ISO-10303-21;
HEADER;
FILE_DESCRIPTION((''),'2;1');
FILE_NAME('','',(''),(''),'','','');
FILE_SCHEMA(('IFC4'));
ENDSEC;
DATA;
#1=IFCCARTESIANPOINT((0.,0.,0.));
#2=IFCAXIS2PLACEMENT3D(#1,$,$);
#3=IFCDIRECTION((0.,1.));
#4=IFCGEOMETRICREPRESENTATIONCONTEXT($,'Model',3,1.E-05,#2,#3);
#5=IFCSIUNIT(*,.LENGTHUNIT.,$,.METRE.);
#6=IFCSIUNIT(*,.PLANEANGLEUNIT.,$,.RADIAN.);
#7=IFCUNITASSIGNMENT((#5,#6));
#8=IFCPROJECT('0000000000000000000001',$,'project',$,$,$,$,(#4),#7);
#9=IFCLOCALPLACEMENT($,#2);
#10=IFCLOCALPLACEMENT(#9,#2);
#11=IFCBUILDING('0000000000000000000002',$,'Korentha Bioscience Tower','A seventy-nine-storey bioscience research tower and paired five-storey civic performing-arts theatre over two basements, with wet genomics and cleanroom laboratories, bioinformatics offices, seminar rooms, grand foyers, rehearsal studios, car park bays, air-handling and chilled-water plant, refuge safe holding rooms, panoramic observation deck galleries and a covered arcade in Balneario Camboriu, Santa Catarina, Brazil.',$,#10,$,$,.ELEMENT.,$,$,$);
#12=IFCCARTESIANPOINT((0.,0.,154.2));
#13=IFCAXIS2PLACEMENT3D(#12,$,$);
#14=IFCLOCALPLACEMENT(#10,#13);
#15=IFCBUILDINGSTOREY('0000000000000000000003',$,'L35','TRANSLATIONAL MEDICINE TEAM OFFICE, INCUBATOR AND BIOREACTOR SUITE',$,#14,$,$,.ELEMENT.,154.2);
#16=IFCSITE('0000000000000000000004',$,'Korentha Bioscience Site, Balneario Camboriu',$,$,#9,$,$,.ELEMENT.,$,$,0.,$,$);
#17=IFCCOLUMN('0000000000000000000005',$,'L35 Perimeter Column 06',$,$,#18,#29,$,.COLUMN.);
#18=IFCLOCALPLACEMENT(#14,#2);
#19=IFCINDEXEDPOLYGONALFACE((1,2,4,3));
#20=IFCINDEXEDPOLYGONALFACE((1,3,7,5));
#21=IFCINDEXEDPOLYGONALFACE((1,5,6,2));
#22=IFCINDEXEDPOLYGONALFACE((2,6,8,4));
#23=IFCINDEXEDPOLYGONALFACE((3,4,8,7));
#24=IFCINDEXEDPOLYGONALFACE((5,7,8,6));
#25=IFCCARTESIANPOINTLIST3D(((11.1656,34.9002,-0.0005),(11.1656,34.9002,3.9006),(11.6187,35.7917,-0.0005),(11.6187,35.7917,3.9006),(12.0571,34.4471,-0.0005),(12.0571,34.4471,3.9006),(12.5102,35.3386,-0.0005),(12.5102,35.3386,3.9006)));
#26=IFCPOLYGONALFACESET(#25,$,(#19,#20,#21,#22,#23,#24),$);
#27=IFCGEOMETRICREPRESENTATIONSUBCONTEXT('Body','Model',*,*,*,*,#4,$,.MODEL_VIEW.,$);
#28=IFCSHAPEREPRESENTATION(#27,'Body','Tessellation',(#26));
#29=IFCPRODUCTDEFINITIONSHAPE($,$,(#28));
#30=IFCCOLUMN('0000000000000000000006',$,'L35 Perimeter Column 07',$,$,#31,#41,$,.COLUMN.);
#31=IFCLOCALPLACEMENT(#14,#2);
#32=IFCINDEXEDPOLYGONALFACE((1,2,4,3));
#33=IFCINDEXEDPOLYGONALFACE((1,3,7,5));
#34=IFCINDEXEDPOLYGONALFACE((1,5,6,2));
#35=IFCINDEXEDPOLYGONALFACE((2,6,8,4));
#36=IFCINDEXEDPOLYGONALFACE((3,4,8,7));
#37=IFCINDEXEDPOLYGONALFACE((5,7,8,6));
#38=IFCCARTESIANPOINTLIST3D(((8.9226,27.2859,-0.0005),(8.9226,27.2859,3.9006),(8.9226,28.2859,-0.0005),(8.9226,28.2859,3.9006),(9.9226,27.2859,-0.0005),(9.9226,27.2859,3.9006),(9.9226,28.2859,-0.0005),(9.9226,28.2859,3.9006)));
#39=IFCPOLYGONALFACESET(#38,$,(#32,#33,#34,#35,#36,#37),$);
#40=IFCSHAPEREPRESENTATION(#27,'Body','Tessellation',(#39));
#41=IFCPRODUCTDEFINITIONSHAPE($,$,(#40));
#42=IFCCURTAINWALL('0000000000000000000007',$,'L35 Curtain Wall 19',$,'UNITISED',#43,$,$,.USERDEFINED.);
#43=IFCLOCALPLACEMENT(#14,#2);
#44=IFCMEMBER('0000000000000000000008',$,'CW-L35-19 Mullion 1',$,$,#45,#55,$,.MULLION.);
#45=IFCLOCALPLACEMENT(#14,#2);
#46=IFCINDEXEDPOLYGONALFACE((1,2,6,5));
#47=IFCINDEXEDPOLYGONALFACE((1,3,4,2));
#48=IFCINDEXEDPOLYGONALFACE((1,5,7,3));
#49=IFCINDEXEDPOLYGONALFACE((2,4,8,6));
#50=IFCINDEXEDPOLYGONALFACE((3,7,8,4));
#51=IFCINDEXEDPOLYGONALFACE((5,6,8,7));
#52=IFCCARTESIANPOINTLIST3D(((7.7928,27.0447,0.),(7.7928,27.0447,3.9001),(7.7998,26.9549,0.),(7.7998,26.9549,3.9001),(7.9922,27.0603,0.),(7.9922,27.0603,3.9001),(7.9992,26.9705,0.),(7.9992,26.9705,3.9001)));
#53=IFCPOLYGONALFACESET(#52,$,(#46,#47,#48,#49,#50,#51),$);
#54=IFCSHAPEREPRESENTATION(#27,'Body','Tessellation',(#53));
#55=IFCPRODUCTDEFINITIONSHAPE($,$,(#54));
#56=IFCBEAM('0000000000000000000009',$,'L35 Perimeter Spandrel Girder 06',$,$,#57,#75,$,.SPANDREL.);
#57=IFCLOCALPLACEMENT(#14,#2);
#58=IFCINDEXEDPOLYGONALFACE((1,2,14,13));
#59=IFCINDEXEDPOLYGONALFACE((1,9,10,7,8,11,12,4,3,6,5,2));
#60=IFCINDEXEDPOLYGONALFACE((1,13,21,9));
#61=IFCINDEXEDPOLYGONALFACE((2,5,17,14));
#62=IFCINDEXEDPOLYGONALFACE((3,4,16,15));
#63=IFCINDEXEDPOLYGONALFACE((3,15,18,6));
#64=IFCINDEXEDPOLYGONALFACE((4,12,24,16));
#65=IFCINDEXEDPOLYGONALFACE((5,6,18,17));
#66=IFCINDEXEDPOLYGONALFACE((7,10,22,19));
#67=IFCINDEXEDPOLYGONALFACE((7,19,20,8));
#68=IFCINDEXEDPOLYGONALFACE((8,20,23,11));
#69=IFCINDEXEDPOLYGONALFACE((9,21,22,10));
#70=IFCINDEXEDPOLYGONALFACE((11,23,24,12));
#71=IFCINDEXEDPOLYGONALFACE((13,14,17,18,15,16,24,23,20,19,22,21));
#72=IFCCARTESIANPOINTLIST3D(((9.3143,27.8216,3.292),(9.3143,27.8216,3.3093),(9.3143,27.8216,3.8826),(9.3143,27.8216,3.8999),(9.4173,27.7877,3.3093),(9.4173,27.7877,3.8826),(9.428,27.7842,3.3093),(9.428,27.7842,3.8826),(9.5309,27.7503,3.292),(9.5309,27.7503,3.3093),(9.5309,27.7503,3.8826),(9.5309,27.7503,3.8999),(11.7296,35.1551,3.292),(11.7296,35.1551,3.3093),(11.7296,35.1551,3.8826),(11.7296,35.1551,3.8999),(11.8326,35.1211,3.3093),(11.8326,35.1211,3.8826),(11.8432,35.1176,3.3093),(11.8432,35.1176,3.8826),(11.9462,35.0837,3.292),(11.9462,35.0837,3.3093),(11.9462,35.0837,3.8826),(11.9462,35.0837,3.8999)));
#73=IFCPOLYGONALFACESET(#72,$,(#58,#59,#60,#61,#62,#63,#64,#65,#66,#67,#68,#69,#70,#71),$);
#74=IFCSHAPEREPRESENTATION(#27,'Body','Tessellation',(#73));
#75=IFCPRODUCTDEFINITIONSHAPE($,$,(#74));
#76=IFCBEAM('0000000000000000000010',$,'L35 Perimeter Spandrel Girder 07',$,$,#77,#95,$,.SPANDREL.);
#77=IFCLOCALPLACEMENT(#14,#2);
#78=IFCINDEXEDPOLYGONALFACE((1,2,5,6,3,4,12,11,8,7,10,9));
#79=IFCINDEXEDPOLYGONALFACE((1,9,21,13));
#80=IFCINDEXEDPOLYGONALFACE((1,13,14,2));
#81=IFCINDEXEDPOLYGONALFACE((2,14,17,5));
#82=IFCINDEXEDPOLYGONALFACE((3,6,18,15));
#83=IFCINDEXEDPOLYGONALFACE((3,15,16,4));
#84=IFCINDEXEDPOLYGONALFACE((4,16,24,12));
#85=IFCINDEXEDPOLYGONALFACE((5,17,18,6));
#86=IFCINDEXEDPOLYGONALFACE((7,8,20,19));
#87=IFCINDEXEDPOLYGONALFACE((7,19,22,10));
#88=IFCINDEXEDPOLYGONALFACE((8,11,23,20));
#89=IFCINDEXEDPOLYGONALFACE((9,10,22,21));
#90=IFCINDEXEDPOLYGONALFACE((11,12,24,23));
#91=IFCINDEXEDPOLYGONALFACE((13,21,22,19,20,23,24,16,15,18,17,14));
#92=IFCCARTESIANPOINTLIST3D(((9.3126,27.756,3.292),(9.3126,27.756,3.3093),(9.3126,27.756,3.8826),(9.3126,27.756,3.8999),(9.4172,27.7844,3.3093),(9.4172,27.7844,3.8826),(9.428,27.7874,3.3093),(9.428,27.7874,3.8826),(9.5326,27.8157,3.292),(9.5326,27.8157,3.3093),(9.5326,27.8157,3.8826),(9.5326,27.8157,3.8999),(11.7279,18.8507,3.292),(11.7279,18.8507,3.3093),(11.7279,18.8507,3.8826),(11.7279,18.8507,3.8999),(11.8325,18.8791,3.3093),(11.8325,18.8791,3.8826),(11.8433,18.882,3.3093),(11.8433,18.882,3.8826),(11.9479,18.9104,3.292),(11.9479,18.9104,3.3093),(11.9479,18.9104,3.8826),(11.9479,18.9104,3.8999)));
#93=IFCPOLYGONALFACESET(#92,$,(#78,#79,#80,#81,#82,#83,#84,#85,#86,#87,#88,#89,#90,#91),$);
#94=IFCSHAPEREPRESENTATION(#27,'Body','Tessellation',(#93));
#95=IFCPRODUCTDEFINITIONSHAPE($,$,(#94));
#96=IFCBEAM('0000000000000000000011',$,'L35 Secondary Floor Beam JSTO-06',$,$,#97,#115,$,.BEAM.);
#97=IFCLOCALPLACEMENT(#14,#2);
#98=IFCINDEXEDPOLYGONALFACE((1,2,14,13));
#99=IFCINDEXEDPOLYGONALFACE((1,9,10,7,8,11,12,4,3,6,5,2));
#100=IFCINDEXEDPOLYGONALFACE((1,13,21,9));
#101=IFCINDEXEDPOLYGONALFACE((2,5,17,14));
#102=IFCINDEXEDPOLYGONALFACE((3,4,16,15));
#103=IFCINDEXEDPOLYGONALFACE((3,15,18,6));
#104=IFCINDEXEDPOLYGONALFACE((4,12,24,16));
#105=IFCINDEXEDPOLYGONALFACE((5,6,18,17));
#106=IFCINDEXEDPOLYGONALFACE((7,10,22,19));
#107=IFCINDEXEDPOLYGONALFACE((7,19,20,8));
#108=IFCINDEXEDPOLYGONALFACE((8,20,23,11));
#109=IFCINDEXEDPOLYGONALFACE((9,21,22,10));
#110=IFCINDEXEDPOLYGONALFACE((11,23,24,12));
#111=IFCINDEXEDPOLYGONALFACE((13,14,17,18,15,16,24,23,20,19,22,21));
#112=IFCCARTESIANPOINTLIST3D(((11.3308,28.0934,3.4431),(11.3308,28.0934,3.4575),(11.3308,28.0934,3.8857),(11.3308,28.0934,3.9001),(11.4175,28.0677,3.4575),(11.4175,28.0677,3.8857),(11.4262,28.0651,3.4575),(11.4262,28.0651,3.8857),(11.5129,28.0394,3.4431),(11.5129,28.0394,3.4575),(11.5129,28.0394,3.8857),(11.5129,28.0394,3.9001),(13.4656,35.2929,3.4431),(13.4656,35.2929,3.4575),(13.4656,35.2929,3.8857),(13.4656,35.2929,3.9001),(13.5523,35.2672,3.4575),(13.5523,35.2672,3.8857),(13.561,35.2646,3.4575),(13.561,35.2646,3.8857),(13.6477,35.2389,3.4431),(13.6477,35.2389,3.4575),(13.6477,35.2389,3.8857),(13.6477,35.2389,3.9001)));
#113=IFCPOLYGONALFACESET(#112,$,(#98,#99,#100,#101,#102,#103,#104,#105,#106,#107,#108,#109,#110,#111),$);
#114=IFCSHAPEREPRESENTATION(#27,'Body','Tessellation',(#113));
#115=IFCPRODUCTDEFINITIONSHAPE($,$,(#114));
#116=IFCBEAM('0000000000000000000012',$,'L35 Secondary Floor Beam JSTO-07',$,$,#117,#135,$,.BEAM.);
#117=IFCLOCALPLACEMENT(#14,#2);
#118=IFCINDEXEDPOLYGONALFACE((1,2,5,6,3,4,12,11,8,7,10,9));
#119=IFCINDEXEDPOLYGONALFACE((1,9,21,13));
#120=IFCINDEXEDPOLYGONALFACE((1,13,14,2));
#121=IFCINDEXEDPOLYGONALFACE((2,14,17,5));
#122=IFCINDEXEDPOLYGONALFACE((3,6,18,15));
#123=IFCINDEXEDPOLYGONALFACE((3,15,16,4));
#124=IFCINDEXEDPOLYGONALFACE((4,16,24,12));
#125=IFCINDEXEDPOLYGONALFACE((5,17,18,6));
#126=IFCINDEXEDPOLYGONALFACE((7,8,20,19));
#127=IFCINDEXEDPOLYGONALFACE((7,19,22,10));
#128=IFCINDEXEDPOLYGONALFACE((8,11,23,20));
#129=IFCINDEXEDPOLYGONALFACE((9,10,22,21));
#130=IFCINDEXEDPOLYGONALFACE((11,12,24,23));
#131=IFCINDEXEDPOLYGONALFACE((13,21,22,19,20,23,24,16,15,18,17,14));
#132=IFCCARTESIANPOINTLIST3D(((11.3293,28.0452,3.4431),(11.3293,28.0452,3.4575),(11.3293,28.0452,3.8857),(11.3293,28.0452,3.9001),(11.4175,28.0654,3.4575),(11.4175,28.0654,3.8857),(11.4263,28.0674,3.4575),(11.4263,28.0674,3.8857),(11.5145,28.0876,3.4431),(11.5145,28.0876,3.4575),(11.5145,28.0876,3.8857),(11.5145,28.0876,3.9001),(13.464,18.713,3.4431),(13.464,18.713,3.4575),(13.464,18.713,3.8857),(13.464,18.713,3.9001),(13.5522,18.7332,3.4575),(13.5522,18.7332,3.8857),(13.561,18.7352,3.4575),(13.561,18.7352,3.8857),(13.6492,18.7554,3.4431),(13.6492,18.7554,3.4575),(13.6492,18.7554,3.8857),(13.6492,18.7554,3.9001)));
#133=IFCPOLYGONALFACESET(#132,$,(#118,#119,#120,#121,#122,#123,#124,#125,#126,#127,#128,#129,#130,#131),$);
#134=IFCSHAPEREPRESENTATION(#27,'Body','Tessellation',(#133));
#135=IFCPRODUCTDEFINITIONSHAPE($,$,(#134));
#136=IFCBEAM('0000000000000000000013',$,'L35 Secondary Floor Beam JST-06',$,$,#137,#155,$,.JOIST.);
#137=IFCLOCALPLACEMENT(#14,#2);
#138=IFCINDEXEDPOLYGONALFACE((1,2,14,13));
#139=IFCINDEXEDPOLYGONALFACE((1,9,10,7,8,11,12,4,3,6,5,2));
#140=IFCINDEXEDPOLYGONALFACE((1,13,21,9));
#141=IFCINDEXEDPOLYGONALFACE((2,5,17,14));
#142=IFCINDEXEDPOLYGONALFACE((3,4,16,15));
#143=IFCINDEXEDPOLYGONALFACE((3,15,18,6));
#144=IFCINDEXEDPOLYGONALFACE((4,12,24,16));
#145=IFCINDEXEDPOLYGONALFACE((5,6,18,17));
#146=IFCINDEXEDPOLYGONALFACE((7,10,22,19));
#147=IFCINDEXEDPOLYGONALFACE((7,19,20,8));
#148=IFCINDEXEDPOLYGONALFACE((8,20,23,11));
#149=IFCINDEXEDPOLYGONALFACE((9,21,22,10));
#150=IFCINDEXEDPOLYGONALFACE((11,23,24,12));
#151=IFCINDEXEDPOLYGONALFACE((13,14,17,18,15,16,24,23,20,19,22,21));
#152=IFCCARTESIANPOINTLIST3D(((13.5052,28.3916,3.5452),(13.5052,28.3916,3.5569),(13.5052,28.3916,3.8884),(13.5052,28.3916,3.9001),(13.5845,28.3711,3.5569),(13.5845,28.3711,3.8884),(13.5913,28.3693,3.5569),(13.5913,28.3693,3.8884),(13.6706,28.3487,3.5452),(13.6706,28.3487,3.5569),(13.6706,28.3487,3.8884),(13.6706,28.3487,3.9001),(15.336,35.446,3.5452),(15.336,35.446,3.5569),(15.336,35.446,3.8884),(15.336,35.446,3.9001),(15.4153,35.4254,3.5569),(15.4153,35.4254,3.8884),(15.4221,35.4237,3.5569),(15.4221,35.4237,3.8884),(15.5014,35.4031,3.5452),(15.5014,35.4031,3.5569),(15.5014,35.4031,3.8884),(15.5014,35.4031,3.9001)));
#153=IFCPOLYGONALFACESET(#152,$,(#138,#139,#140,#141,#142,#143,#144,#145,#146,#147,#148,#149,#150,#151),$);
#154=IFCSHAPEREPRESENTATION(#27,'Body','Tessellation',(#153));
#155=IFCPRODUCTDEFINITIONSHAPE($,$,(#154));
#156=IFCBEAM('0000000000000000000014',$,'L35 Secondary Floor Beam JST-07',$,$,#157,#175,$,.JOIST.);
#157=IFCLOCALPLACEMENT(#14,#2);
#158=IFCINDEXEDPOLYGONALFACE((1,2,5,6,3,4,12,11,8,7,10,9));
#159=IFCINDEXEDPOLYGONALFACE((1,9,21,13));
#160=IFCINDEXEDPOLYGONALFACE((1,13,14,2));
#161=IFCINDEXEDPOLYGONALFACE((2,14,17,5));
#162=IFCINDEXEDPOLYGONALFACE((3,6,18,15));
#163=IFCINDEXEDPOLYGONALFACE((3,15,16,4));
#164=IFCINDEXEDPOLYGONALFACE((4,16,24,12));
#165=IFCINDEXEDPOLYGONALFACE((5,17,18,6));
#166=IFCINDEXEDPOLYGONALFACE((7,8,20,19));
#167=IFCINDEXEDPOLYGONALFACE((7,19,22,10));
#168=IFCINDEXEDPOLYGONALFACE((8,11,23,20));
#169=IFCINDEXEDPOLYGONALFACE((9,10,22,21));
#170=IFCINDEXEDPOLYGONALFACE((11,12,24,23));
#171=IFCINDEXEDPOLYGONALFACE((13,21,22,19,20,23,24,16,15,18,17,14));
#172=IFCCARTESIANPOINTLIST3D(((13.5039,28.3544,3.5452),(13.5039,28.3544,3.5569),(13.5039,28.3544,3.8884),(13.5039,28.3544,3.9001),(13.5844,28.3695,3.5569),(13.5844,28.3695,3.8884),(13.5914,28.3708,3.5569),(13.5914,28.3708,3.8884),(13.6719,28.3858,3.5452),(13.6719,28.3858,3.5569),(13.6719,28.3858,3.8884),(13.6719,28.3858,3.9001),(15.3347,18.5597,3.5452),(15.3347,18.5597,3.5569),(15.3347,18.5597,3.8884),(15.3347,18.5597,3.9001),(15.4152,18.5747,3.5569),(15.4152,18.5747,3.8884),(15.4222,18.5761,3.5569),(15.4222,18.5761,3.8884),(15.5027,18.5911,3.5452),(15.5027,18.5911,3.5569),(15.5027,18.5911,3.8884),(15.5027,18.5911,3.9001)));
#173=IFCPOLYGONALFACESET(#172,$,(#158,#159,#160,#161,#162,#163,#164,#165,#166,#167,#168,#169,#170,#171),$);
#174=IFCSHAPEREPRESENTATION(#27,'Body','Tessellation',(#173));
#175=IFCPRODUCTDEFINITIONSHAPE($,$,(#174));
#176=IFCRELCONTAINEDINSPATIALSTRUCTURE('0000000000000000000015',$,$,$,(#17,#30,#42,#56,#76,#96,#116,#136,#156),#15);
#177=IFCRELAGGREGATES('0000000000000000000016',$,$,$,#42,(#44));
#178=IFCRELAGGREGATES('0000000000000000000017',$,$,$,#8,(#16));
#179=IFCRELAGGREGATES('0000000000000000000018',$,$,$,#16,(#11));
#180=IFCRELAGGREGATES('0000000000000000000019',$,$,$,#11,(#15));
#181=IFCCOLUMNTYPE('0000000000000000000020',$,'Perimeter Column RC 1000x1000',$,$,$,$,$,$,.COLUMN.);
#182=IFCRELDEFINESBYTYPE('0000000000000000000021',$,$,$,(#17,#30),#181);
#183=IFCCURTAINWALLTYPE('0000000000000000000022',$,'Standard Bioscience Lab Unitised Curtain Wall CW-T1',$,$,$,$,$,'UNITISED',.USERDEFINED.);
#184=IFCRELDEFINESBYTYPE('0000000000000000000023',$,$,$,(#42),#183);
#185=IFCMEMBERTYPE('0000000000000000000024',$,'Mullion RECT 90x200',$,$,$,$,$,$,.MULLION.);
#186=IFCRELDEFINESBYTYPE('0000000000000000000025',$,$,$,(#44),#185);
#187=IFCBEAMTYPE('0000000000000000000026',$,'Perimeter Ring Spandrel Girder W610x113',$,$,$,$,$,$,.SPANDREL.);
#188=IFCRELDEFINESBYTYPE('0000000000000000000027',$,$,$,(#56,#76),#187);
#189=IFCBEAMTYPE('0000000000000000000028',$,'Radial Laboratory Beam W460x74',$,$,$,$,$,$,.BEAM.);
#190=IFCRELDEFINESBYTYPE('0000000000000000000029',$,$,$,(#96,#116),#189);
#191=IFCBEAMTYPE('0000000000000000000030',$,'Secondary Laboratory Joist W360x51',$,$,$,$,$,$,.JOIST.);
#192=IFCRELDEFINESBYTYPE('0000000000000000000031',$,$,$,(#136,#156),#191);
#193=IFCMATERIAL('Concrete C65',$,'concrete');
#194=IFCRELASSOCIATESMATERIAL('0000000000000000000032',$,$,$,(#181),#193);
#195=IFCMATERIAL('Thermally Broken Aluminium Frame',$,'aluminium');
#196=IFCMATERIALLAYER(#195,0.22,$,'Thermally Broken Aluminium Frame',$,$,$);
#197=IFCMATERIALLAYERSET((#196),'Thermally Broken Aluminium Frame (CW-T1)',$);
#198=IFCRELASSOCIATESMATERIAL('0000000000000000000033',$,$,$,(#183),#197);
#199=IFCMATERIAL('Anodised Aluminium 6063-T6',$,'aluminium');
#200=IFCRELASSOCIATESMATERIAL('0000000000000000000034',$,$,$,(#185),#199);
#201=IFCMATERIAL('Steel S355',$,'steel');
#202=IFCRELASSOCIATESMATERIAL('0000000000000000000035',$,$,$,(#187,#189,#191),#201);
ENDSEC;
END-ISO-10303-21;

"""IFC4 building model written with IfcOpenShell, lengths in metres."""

from ifc_helpers import new_model, si_unit, direction, frame, origin, origin_2d, place, context, subcontext, project, spatial, rectangle, i_section, extrude, material, layer, layer_set, material_profile, profile_set, type_object, element, aggregate, save


model = new_model("IFC4")

# Units and contexts
model_context = context("Model", 3, precision=1e-05, world=origin(), true_north=direction((0.0, 1.0)))
body_context = subcontext(model_context, "Body", "Model", "MODEL_VIEW")
ifc_project = project(units=[si_unit("LENGTHUNIT", "METRE"), si_unit("PLANEANGLEUNIT", "RADIAN")], contexts=[model_context])

# Site, building, storey
site_placement = place(None, origin())
site = spatial("IfcSite", under=ifc_project, at=site_placement, Name="Korentha Bioscience Site, Balneario Camboriu", CompositionType="ELEMENT", RefElevation=0.0)
building_placement = place(site_placement, origin())
building = spatial("IfcBuilding", under=site, at=building_placement, Name="Korentha Bioscience Tower", Description="A seventy-nine-storey bioscience research tower and paired five-storey civic performing-arts theatre over two basements, with wet genomics and cleanroom laboratories, bioinformatics offices, seminar rooms, grand foyers, rehearsal studios, car park bays, air-handling and chilled-water plant, refuge safe holding rooms, panoramic observation deck galleries and a covered arcade in Balneario Camboriu, Santa Catarina, Brazil.", CompositionType="ELEMENT")
storey_placement = place(building_placement, frame((0.0, 0.0, 154.2)))
storey = spatial("IfcBuildingStorey", under=building, at=storey_placement, Name="L35", Description="TRANSLATIONAL MEDICINE TEAM OFFICE, INCUBATOR AND BIOREACTOR SUITE", CompositionType="ELEMENT", Elevation=154.2)

# Columns
ifc_material_1 = material(Name="Concrete C65", Category="concrete")
ifc_material_profile_1 = material_profile(ifc_material_1, rectangle(XDim=1.0, YDim=1.0, at=origin_2d()), Name="Concrete C65")
ifc_profile_set_1 = profile_set([ifc_material_profile_1], Name="Concrete C65 (COL-P10)")
column_type = type_object("IfcColumnType", Name="Perimeter Column RC 1000x1000", PredefinedType="COLUMN", material=ifc_profile_set_1)
for number, where, z_axis, x_axis, name in (
    (1, (11.8379, 35.1194, -0.0005), (0.0, 0.0, 1.0), (0.453057, 0.891481, 0.0), "L35 Perimeter Column 06"),
    (2, (9.4226, 27.7859, -0.0005), (0.0, 0.0, 1.0), (0.0, 1.0, 0.0), "L35 Perimeter Column 07"),
):
    element("IfcColumn", number, at=place(storey_placement, frame(where, z_axis=z_axis, x_axis=x_axis)), inside=storey, type_object=column_type, Name=name, PredefinedType="COLUMN", context=body_context, shape_type="SweptSolid", body=[
        extrude(rectangle(XDim=1.0, YDim=1.0, at=origin_2d()), origin(), (0.0, 0.0, 1.0), 3.9011),
    ])

# Curtain wall, member
ifc_material_2 = material(Name="Thermally Broken Aluminium Frame", Category="aluminium")
ifc_layer_1 = layer(ifc_material_2, 0.22, Name="Thermally Broken Aluminium Frame")
ifc_layer_set_1 = layer_set([ifc_layer_1], Name="Thermally Broken Aluminium Frame (CW-T1)")
curtain_wall_type = type_object("IfcCurtainWallType", Name="Standard Bioscience Lab Unitised Curtain Wall CW-T1", ElementType="UNITISED", PredefinedType="USERDEFINED", material=ifc_layer_set_1)
curtain_wall_placement = place(storey_placement, origin())
curtain_wall = element("IfcCurtainWall", 3, at=curtain_wall_placement, inside=storey, type_object=curtain_wall_type, Name="L35 Curtain Wall 19", ObjectType="UNITISED", PredefinedType="USERDEFINED")
ifc_material_3 = material(Name="Anodised Aluminium 6063-T6", Category="aluminium")
ifc_material_profile_2 = material_profile(ifc_material_3, rectangle(XDim=0.0901, YDim=0.2, at=origin_2d()), Name="Anodised Aluminium 6063-T6")
ifc_profile_set_2 = profile_set([ifc_material_profile_2], Name="Anodised Aluminium 6063-T6 (CW-MUL)")
member_type_1 = type_object("IfcMemberType", Name="Mullion RECT 90x200", PredefinedType="MULLION", material=ifc_profile_set_2)
member_1_placement = place(storey_placement, frame((7.896, 27.0076, 0.0), z_axis=(0.0, 0.0, 1.0), x_axis=(0.078031, -0.996951, 0.0)))
member_1 = element("IfcMember", 4, at=member_1_placement, type_object=member_type_1, Name="CW-L35-19 Mullion 1", PredefinedType="MULLION", context=body_context, shape_type="SweptSolid", body=[
    extrude(rectangle(XDim=0.0901, YDim=0.2, at=origin_2d()), origin(), (0.0, 0.0, 1.0), 3.9001),
])

# Beams
ifc_material_4 = material(Name="Steel S355", Category="steel")
ifc_material_profile_3 = material_profile(ifc_material_4, i_section(OverallWidth=0.228, OverallDepth=0.6079, WebThickness=0.0112, FlangeThickness=0.0173, at=origin_2d()), Name="Steel S355")
ifc_profile_set_3 = profile_set([ifc_material_profile_3], Name="Steel S355 (SB-610)")
beam_type_1 = type_object("IfcBeamType", Name="Perimeter Ring Spandrel Girder W610x113", PredefinedType="SPANDREL", material=ifc_profile_set_3)
beam_1_placement = place(storey_placement, frame((11.8379, 35.1194, 3.5959), z_axis=(-0.31282, -0.949812, 0.0), x_axis=(0.949812, -0.31282, 0.0)))
element("IfcBeam", 5, at=beam_1_placement, inside=storey, type_object=beam_type_1, Name="L35 Perimeter Spandrel Girder 06", PredefinedType="SPANDREL", context=body_context, shape_type="SweptSolid", body=[
    extrude(i_section(OverallWidth=0.228, OverallDepth=0.6079, WebThickness=0.0112, FlangeThickness=0.0173, at=origin_2d()), origin(), (0.0, 0.0, 1.0), 7.7209),
])
beam_2_placement = place(storey_placement, frame((9.4226, 27.7859, 3.5959), z_axis=(0.261763, -0.965132, 0.0), x_axis=(0.965132, 0.261763, 0.0)))
element("IfcBeam", 6, at=beam_2_placement, inside=storey, type_object=beam_type_1, Name="L35 Perimeter Spandrel Girder 07", PredefinedType="SPANDREL", context=body_context, shape_type="SweptSolid", body=[
    extrude(i_section(OverallWidth=0.228, OverallDepth=0.6079, WebThickness=0.0112, FlangeThickness=0.0173, at=origin_2d()), origin(), (0.0, 0.0, 1.0), 9.2271),
])
ifc_material_profile_4 = material_profile(ifc_material_4, i_section(OverallWidth=0.1899, OverallDepth=0.457, WebThickness=0.009, FlangeThickness=0.0144, at=origin_2d()), Name="Steel S355")
ifc_profile_set_4 = profile_set([ifc_material_profile_4], Name="Steel S355 (RB-460)")
beam_type_2 = type_object("IfcBeamType", Name="Radial Laboratory Beam W460x74", PredefinedType="BEAM", material=ifc_profile_set_4)
beam_3_placement = place(storey_placement, frame((13.5566, 35.2659, 3.6716), z_axis=(-0.284283, -0.95874, 0.0), x_axis=(0.95874, -0.284283, 0.0)))
element("IfcBeam", 7, at=beam_3_placement, inside=storey, type_object=beam_type_2, Name="L35 Secondary Floor Beam JSTO-06", PredefinedType="BEAM", context=body_context, shape_type="SweptSolid", body=[
    extrude(i_section(OverallWidth=0.1899, OverallDepth=0.457, WebThickness=0.009, FlangeThickness=0.0144, at=origin_2d()), origin(), (0.0, 0.0, 1.0), 7.5093),
])
beam_4_placement = place(storey_placement, frame((11.4219, 28.0664, 3.6716), z_axis=(0.222991, -0.974821, 0.0), x_axis=(0.974821, 0.222991, 0.0)))
element("IfcBeam", 8, at=beam_4_placement, inside=storey, type_object=beam_type_2, Name="L35 Secondary Floor Beam JSTO-07", PredefinedType="BEAM", context=body_context, shape_type="SweptSolid", body=[
    extrude(i_section(OverallWidth=0.1899, OverallDepth=0.457, WebThickness=0.009, FlangeThickness=0.0144, at=origin_2d()), origin(), (0.0, 0.0, 1.0), 9.5732),
])
ifc_material_profile_5 = material_profile(ifc_material_4, i_section(OverallWidth=0.1709, OverallDepth=0.355, WebThickness=0.0071, FlangeThickness=0.0117, at=origin_2d()), Name="Steel S355")
ifc_profile_set_5 = profile_set([ifc_material_profile_5], Name="Steel S355 (JB-360)")
beam_type_3 = type_object("IfcBeamType", Name="Secondary Laboratory Joist W360x51", PredefinedType="JOIST", material=ifc_profile_set_5)
beam_5_placement = place(storey_placement, frame((15.4187, 35.4246, 3.7227), z_axis=(-0.251204, -0.967934, 0.0), x_axis=(0.967934, -0.251204, 0.0)))
element("IfcBeam", 9, at=beam_5_placement, inside=storey, type_object=beam_type_3, Name="L35 Secondary Floor Beam JST-06", PredefinedType="JOIST", context=body_context, shape_type="SweptSolid", body=[
    extrude(i_section(OverallWidth=0.1709, OverallDepth=0.355, WebThickness=0.0071, FlangeThickness=0.0117, at=origin_2d()), origin(), (0.0, 0.0, 1.0), 7.2881),
])
beam_6_placement = place(storey_placement, frame((13.5879, 28.3701, 3.7227), z_axis=(0.183737, -0.982975, 0.0), x_axis=(0.982975, 0.183737, 0.0)))
element("IfcBeam", 10, at=beam_6_placement, inside=storey, type_object=beam_type_3, Name="L35 Secondary Floor Beam JST-07", PredefinedType="JOIST", context=body_context, shape_type="SweptSolid", body=[
    extrude(i_section(OverallWidth=0.1709, OverallDepth=0.355, WebThickness=0.0071, FlangeThickness=0.0117, at=origin_2d()), origin(), (0.0, 0.0, 1.0), 9.9644),
])

aggregate(curtain_wall, [member_1])

save(model, "model.ifc")
